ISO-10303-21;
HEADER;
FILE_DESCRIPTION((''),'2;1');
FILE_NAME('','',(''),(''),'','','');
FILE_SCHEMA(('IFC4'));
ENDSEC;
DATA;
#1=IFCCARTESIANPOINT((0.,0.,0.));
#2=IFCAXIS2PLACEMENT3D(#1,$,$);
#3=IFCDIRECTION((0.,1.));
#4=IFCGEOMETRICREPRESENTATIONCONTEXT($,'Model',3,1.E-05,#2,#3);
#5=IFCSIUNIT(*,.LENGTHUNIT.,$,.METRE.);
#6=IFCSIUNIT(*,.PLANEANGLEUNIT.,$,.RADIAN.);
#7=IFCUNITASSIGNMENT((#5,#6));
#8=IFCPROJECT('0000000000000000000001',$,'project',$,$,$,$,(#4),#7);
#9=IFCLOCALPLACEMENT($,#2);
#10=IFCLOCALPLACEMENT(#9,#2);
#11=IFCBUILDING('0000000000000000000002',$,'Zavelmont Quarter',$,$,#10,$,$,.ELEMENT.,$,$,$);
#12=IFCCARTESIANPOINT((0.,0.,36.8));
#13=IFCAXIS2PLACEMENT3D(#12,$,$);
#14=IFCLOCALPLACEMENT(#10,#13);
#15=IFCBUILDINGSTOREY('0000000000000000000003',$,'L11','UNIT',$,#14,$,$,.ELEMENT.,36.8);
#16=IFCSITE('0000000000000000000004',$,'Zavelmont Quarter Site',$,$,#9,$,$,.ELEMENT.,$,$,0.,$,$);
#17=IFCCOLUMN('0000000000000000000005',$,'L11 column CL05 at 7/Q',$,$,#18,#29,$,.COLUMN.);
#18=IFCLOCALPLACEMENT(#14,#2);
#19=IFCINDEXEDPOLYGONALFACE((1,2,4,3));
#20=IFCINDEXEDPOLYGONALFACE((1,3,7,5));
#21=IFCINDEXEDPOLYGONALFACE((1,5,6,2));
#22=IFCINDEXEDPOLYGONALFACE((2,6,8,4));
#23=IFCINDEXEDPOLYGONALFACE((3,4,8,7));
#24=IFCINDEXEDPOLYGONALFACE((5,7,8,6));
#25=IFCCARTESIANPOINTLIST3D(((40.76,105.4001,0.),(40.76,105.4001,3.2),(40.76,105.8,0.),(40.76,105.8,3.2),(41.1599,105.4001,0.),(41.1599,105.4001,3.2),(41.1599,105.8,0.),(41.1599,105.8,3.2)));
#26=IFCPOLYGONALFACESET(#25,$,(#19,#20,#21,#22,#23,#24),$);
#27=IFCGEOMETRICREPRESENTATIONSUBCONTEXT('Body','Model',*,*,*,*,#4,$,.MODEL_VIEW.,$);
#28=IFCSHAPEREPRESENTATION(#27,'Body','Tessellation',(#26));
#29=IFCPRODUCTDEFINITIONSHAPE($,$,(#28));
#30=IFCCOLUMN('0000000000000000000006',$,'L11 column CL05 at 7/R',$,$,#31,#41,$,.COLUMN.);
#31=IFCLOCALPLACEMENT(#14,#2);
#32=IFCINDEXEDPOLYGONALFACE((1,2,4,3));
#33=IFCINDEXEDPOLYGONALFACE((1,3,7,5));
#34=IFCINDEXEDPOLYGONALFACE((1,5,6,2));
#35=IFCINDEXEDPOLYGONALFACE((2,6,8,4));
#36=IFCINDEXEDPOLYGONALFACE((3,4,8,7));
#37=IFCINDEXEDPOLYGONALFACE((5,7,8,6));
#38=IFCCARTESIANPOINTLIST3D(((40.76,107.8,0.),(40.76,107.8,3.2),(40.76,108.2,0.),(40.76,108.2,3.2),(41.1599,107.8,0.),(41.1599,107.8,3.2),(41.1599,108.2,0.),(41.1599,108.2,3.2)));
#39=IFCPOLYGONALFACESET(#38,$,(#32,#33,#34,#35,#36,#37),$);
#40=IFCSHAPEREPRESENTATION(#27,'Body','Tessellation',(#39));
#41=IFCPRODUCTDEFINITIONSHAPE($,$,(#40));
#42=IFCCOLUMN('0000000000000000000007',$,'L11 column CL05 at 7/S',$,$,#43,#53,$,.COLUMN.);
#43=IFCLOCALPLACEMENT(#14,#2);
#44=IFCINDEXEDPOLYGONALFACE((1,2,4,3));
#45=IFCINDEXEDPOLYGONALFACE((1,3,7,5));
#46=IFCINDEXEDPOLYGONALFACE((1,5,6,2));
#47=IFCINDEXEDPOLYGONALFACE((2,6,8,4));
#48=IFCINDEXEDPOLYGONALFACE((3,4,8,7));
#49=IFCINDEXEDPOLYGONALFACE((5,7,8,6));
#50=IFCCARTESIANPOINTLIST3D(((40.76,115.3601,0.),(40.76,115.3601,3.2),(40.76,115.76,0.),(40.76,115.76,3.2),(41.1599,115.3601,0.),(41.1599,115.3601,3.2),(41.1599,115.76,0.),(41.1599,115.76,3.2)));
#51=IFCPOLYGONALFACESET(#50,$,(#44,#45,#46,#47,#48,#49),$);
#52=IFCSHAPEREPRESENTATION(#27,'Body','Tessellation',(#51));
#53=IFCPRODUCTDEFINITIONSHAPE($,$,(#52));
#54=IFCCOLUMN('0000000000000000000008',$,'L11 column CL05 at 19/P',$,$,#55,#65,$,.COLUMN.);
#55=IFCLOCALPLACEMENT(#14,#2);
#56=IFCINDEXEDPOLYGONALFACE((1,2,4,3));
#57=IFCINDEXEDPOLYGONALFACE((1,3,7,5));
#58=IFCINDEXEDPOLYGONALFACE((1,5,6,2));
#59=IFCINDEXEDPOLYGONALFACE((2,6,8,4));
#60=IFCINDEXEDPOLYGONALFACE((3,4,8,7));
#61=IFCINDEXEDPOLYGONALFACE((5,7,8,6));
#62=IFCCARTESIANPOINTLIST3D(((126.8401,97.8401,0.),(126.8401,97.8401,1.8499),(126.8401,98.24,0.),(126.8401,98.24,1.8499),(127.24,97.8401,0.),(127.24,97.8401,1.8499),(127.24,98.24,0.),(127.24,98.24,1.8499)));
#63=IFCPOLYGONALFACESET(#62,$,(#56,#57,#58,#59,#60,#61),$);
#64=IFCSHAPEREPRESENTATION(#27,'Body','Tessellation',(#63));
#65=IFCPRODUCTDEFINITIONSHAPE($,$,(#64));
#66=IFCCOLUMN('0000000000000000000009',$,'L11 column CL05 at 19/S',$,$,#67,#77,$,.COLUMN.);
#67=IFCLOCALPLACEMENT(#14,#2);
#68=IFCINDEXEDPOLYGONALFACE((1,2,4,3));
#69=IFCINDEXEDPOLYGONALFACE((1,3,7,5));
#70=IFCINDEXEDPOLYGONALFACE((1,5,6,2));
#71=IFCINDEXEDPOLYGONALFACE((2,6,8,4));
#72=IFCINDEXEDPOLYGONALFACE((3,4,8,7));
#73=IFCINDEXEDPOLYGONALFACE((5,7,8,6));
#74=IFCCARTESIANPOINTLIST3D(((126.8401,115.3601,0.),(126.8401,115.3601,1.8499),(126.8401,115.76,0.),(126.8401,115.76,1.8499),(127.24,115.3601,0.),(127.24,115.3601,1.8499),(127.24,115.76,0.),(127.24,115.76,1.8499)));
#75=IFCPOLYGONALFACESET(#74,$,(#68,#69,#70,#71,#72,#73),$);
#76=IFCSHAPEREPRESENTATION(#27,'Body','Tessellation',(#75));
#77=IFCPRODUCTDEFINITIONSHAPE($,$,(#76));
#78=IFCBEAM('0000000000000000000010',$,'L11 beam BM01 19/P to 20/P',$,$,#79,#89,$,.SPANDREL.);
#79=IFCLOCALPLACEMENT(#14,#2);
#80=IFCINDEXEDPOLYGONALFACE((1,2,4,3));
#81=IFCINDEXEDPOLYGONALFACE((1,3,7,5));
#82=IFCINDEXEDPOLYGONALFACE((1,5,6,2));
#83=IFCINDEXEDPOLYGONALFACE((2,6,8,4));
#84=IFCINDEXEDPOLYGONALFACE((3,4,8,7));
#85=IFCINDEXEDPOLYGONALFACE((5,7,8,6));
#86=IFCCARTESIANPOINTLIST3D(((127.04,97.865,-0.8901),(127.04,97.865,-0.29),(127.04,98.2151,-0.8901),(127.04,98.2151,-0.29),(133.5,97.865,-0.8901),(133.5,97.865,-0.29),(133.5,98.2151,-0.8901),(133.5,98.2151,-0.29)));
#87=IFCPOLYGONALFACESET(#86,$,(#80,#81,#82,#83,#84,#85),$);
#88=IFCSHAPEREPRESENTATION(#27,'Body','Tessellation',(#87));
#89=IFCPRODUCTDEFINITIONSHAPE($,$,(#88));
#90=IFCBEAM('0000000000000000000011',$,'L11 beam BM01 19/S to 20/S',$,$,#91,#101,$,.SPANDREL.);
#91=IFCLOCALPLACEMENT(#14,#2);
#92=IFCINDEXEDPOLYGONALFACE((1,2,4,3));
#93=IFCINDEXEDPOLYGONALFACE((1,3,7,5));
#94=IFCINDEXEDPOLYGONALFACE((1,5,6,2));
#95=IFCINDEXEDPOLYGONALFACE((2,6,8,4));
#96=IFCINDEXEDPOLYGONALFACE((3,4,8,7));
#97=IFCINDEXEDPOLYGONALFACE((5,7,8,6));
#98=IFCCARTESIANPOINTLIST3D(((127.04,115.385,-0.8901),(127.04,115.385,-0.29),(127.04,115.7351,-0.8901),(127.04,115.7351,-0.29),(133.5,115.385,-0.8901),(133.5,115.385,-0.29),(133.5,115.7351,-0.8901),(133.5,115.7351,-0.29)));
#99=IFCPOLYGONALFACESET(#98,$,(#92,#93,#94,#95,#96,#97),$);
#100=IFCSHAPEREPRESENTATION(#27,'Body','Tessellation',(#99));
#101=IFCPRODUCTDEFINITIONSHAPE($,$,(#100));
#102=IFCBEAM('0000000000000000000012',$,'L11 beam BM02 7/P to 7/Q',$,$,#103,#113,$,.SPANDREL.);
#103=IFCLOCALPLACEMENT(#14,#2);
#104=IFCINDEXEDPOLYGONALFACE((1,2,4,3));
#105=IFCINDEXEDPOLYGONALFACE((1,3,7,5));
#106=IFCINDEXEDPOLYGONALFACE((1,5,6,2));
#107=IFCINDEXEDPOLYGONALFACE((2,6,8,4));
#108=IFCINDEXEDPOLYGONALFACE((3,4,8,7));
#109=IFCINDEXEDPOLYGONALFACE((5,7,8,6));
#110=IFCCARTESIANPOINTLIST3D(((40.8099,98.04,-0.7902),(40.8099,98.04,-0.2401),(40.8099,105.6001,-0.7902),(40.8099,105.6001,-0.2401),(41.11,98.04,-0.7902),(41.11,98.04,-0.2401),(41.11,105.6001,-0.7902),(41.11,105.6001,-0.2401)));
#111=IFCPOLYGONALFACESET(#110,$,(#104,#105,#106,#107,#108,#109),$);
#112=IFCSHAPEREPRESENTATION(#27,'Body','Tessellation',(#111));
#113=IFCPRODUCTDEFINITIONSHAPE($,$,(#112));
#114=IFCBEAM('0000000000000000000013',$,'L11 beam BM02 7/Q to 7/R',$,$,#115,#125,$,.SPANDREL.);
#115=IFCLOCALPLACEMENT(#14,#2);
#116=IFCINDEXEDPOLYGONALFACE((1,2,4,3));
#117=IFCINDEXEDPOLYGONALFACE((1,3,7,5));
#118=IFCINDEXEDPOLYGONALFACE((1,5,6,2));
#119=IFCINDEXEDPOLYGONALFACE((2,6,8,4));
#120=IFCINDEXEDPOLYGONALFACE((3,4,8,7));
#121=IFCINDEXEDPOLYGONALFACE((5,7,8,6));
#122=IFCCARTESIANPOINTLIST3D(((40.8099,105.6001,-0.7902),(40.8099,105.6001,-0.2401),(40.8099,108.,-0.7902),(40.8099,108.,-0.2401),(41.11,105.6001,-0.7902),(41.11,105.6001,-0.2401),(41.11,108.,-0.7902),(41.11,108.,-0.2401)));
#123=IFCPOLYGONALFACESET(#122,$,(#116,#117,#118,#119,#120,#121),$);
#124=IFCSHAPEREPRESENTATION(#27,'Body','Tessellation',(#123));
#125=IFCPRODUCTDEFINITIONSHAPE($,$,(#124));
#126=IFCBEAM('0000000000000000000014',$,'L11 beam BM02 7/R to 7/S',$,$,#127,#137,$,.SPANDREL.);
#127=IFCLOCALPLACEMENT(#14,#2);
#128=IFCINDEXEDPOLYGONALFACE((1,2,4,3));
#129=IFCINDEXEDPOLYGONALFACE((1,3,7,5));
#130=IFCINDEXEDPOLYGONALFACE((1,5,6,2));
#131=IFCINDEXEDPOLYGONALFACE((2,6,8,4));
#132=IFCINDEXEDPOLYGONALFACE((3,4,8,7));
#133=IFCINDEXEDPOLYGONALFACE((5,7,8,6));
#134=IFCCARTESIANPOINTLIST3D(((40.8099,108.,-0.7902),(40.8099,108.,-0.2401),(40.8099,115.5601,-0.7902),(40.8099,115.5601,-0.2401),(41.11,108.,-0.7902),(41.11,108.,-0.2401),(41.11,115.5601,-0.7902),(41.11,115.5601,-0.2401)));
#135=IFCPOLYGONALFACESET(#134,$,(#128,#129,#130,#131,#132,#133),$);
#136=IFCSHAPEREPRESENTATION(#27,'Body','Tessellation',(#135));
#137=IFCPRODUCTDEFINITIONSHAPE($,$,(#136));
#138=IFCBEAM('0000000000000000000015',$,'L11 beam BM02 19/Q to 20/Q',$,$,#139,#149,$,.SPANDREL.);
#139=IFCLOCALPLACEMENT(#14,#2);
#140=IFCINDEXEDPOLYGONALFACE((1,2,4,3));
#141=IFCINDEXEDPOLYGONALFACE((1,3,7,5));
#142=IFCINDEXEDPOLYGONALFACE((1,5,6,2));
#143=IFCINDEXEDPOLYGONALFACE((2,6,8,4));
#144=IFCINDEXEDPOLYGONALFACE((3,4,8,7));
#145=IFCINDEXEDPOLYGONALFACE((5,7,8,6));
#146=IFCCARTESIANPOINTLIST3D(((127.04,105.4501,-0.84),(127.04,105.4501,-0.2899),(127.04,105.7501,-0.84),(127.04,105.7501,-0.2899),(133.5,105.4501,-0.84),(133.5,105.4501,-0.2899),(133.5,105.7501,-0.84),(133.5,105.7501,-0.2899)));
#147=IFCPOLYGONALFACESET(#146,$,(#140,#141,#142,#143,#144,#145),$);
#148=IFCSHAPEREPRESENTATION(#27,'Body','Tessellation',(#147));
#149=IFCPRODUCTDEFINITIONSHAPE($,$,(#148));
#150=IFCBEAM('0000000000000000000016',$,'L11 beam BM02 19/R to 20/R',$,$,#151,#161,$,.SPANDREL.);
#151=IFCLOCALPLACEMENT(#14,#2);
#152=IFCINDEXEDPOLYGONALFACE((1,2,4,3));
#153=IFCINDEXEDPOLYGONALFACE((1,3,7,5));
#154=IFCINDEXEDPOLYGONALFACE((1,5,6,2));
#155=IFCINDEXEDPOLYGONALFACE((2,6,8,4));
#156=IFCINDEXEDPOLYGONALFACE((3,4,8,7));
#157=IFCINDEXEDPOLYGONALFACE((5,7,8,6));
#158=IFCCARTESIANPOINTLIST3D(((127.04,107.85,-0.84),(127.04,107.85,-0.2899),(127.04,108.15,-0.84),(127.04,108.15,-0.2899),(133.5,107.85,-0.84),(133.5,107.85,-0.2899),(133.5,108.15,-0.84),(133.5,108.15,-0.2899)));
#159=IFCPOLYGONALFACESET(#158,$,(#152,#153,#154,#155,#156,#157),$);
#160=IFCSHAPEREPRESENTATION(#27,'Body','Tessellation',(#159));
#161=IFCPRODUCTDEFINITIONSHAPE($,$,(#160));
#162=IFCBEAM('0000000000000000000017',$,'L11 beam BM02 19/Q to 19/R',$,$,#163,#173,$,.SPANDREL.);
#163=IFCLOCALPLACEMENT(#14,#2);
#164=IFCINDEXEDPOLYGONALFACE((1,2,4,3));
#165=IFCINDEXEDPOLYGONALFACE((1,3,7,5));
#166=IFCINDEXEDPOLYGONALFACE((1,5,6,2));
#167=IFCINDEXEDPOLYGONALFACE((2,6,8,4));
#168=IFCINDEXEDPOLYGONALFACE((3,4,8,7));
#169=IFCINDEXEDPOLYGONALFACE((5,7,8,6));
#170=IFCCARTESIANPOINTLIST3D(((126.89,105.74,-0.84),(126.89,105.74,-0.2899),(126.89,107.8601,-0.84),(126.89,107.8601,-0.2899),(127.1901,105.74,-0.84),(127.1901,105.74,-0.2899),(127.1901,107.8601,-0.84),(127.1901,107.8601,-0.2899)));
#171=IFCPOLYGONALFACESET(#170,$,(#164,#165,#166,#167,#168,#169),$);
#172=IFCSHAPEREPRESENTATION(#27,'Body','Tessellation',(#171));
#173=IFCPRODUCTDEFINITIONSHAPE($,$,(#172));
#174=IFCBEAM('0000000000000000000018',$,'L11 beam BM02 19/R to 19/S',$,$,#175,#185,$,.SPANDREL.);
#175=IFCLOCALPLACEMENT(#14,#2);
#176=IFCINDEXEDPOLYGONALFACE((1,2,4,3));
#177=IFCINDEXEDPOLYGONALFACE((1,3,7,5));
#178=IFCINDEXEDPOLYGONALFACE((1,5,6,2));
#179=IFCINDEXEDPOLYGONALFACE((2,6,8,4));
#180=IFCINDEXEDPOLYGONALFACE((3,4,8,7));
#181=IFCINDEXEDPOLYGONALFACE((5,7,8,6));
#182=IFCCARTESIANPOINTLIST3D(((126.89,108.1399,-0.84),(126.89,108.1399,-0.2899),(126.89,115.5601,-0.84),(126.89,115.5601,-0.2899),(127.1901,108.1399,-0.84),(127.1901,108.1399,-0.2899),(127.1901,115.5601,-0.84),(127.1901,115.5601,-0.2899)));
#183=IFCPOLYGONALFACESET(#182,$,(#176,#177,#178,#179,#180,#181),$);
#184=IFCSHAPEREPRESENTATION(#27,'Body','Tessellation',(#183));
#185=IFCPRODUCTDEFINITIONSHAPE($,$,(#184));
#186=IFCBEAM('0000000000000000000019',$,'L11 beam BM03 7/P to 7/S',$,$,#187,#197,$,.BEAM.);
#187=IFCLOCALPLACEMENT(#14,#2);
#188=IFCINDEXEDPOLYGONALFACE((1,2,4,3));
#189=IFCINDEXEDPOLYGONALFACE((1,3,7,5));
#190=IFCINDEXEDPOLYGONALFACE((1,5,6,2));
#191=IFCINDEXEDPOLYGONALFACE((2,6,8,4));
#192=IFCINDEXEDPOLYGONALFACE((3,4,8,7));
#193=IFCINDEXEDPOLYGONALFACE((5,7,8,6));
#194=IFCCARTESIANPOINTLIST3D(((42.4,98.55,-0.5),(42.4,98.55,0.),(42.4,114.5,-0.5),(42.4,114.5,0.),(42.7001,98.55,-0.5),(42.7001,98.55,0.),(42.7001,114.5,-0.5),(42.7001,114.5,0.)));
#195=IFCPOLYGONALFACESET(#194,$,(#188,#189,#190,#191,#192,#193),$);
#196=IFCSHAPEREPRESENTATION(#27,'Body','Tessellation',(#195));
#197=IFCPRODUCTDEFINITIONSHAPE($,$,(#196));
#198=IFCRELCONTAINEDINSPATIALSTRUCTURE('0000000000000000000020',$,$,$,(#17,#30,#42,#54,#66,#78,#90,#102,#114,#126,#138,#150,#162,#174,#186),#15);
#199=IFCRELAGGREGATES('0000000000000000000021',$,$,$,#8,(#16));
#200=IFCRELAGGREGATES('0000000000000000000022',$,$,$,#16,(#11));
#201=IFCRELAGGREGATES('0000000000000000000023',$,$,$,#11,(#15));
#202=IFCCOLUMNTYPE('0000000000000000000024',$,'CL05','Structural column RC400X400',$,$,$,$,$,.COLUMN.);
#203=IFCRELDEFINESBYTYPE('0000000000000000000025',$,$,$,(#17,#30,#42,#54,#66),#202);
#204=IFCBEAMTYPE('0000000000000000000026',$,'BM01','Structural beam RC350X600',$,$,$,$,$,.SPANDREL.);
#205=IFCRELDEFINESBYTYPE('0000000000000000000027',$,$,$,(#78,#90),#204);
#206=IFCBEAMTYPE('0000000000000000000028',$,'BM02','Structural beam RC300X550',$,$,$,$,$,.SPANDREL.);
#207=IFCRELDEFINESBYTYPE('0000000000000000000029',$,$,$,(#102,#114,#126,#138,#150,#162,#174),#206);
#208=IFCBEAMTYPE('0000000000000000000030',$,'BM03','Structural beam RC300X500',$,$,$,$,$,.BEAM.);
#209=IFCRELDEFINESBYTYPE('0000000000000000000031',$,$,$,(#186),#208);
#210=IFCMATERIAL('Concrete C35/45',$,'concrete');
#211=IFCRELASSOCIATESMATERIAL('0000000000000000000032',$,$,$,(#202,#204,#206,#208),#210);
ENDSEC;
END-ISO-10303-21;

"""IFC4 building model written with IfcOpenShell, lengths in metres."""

from ifc_helpers import new_model, si_unit, direction, frame, origin, origin_2d, place, context, subcontext, project, spatial, rectangle, extrude, material, material_profile, profile_set, type_object, element, save


model = new_model("IFC4")

# Units and contexts
model_context = context("Model", 3, precision=1e-05, world=origin(), true_north=direction((0.0, 1.0)))
body_context = subcontext(model_context, "Body", "Model", "MODEL_VIEW")
ifc_project = project(units=[si_unit("LENGTHUNIT", "METRE"), si_unit("PLANEANGLEUNIT", "RADIAN")], contexts=[model_context])

# Site, building, storey
site_placement = place(None, origin())
site = spatial("IfcSite", under=ifc_project, at=site_placement, Name="Zavelmont Quarter Site", CompositionType="ELEMENT", RefElevation=0.0)
building_placement = place(site_placement, origin())
building = spatial("IfcBuilding", under=site, at=building_placement, Name="Zavelmont Quarter", CompositionType="ELEMENT")
storey_placement = place(building_placement, frame((0.0, 0.0, 36.8)))
storey = spatial("IfcBuildingStorey", under=building, at=storey_placement, Name="L11", Description="UNIT", CompositionType="ELEMENT", Elevation=36.8)

# Columns
ifc_material_1 = material(Name="Concrete C35/45", Category="concrete")
ifc_material_profile_1 = material_profile(ifc_material_1, rectangle(XDim=0.3999, YDim=0.3999, at=origin_2d()), Name="RC400X400")
ifc_profile_set_1 = profile_set([ifc_material_profile_1], Name="Concrete C35/45")
column_type = type_object("IfcColumnType", Name="CL05", Description="Structural column RC400X400", PredefinedType="COLUMN", material=ifc_profile_set_1)
for number, where, z_axis, x_axis, name in (
    (1, (40.96, 105.6001, 0.0), (0.0, 0.0, 1.0), (1.0, 0.0, 0.0), "L11 column CL05 at 7/Q"),
    (2, (40.96, 108.0, 0.0), (0.0, 0.0, 1.0), (1.0, 0.0, 0.0), "L11 column CL05 at 7/R"),
    (3, (40.96, 115.5601, 0.0), (0.0, 0.0, 1.0), (1.0, 0.0, 0.0), "L11 column CL05 at 7/S"),
):
    element("IfcColumn", number, at=place(storey_placement, frame(where, z_axis=z_axis, x_axis=x_axis)), inside=storey, type_object=column_type, Name=name, PredefinedType="COLUMN", context=body_context, shape_type="SweptSolid", body=[
        extrude(rectangle(XDim=0.3999, YDim=0.3999, at=origin_2d()), origin(), (0.0, 0.0, 1.0), 3.2),
    ])
for number, where, z_axis, x_axis, name in (
    (4, (127.04, 98.04, 0.0), (0.0, 0.0, 1.0), (1.0, 0.0, 0.0), "L11 column CL05 at 19/P"),
    (5, (127.04, 115.5601, 0.0), (0.0, 0.0, 1.0), (1.0, 0.0, 0.0), "L11 column CL05 at 19/S"),
):
    element("IfcColumn", number, at=place(storey_placement, frame(where, z_axis=z_axis, x_axis=x_axis)), inside=storey, type_object=column_type, Name=name, PredefinedType="COLUMN", context=body_context, shape_type="SweptSolid", body=[
        extrude(rectangle(XDim=0.3999, YDim=0.3999, at=origin_2d()), origin(), (0.0, 0.0, 1.0), 1.8499),
    ])

# Beams
ifc_material_profile_2 = material_profile(ifc_material_1, rectangle(XDim=0.3501, YDim=0.6001, at=origin_2d()), Name="RC350X600")
ifc_profile_set_2 = profile_set([ifc_material_profile_2], Name="Concrete C35/45")
beam_type_1 = type_object("IfcBeamType", Name="BM01", Description="Structural beam RC350X600", PredefinedType="SPANDREL", material=ifc_profile_set_2)
for number, where, z_axis, x_axis, name in (
    (6, (127.04, 98.04, -0.5901), (1.0, 0.0, 0.0), (0.0, 1.0, 0.0), "L11 beam BM01 19/P to 20/P"),
    (7, (127.04, 115.5601, -0.5901), (1.0, 0.0, 0.0), (0.0, 1.0, 0.0), "L11 beam BM01 19/S to 20/S"),
):
    element("IfcBeam", number, at=place(storey_placement, frame(where, z_axis=z_axis, x_axis=x_axis)), inside=storey, type_object=beam_type_1, Name=name, PredefinedType="SPANDREL", context=body_context, shape_type="SweptSolid", body=[
        extrude(rectangle(XDim=0.3501, YDim=0.6001, at=origin_2d()), origin(), (0.0, 0.0, 1.0), 6.46),
    ])
ifc_material_profile_3 = material_profile(ifc_material_1, rectangle(XDim=0.3, YDim=0.55, at=origin_2d()), Name="RC300X550")
ifc_profile_set_3 = profile_set([ifc_material_profile_3], Name="Concrete C35/45")
beam_type_2 = type_object("IfcBeamType", Name="BM02", Description="Structural beam RC300X550", PredefinedType="SPANDREL", material=ifc_profile_set_3)
beam_1_placement = place(storey_placement, frame((40.96, 98.04, -0.5151), z_axis=(0.0, 1.0, 0.0), x_axis=(-1.0, 0.0, 0.0)))
element("IfcBeam", 8, at=beam_1_placement, inside=storey, type_object=beam_type_2, Name="L11 beam BM02 7/P to 7/Q", PredefinedType="SPANDREL", context=body_context, shape_type="SweptSolid", body=[
    extrude(rectangle(XDim=0.3, YDim=0.55, at=origin_2d()), origin(), (0.0, 0.0, 1.0), 7.5601),
])
beam_2_placement = place(storey_placement, frame((40.96, 105.6001, -0.5151), z_axis=(0.0, 1.0, 0.0), x_axis=(-1.0, 0.0, 0.0)))
element("IfcBeam", 9, at=beam_2_placement, inside=storey, type_object=beam_type_2, Name="L11 beam BM02 7/Q to 7/R", PredefinedType="SPANDREL", context=body_context, shape_type="SweptSolid", body=[
    extrude(rectangle(XDim=0.3, YDim=0.55, at=origin_2d()), origin(), (0.0, 0.0, 1.0), 2.3999),
])
beam_3_placement = place(storey_placement, frame((40.96, 108.0, -0.5151), z_axis=(0.0, 1.0, 0.0), x_axis=(-1.0, 0.0, 0.0)))
element("IfcBeam", 10, at=beam_3_placement, inside=storey, type_object=beam_type_2, Name="L11 beam BM02 7/R to 7/S", PredefinedType="SPANDREL", context=body_context, shape_type="SweptSolid", body=[
    extrude(rectangle(XDim=0.3, YDim=0.55, at=origin_2d()), origin(), (0.0, 0.0, 1.0), 7.5601),
])
for number, where, z_axis, x_axis, name in (
    (11, (127.04, 105.6001, -0.5649), (1.0, 0.0, 0.0), (0.0, 1.0, 0.0), "L11 beam BM02 19/Q to 20/Q"),
    (12, (127.04, 108.0, -0.5649), (1.0, 0.0, 0.0), (0.0, 1.0, 0.0), "L11 beam BM02 19/R to 20/R"),
):
    element("IfcBeam", number, at=place(storey_placement, frame(where, z_axis=z_axis, x_axis=x_axis)), inside=storey, type_object=beam_type_2, Name=name, PredefinedType="SPANDREL", context=body_context, shape_type="SweptSolid", body=[
        extrude(rectangle(XDim=0.3, YDim=0.55, at=origin_2d()), origin(), (0.0, 0.0, 1.0), 6.46),
    ])
beam_4_placement = place(storey_placement, frame((127.04, 105.74, -0.5649), z_axis=(0.0, 1.0, 0.0), x_axis=(-1.0, 0.0, 0.0)))
element("IfcBeam", 13, at=beam_4_placement, inside=storey, type_object=beam_type_2, Name="L11 beam BM02 19/Q to 19/R", PredefinedType="SPANDREL", context=body_context, shape_type="SweptSolid", body=[
    extrude(rectangle(XDim=0.3, YDim=0.55, at=origin_2d()), origin(), (0.0, 0.0, 1.0), 2.1201),
])
beam_5_placement = place(storey_placement, frame((127.04, 108.1399, -0.5649), z_axis=(0.0, 1.0, 0.0), x_axis=(-1.0, 0.0, 0.0)))
element("IfcBeam", 14, at=beam_5_placement, inside=storey, type_object=beam_type_2, Name="L11 beam BM02 19/R to 19/S", PredefinedType="SPANDREL", context=body_context, shape_type="SweptSolid", body=[
    extrude(rectangle(XDim=0.3, YDim=0.55, at=origin_2d()), origin(), (0.0, 0.0, 1.0), 7.4202),
])
ifc_material_profile_4 = material_profile(ifc_material_1, rectangle(XDim=0.3, YDim=0.5, at=origin_2d()), Name="RC300X500")
ifc_profile_set_4 = profile_set([ifc_material_profile_4], Name="Concrete C35/45")
beam_type_3 = type_object("IfcBeamType", Name="BM03", Description="Structural beam RC300X500", PredefinedType="BEAM", material=ifc_profile_set_4)
beam_6_placement = place(storey_placement, frame((42.55, 98.55, -0.25), z_axis=(0.0, 1.0, 0.0), x_axis=(-1.0, 0.0, 0.0)))
element("IfcBeam", 15, at=beam_6_placement, inside=storey, type_object=beam_type_3, Name="L11 beam BM03 7/P to 7/S", PredefinedType="BEAM", context=body_context, shape_type="SweptSolid", body=[
    extrude(rectangle(XDim=0.3, YDim=0.5, at=origin_2d()), origin(), (0.0, 0.0, 1.0), 15.95),
])

save(model, "model.ifc")
